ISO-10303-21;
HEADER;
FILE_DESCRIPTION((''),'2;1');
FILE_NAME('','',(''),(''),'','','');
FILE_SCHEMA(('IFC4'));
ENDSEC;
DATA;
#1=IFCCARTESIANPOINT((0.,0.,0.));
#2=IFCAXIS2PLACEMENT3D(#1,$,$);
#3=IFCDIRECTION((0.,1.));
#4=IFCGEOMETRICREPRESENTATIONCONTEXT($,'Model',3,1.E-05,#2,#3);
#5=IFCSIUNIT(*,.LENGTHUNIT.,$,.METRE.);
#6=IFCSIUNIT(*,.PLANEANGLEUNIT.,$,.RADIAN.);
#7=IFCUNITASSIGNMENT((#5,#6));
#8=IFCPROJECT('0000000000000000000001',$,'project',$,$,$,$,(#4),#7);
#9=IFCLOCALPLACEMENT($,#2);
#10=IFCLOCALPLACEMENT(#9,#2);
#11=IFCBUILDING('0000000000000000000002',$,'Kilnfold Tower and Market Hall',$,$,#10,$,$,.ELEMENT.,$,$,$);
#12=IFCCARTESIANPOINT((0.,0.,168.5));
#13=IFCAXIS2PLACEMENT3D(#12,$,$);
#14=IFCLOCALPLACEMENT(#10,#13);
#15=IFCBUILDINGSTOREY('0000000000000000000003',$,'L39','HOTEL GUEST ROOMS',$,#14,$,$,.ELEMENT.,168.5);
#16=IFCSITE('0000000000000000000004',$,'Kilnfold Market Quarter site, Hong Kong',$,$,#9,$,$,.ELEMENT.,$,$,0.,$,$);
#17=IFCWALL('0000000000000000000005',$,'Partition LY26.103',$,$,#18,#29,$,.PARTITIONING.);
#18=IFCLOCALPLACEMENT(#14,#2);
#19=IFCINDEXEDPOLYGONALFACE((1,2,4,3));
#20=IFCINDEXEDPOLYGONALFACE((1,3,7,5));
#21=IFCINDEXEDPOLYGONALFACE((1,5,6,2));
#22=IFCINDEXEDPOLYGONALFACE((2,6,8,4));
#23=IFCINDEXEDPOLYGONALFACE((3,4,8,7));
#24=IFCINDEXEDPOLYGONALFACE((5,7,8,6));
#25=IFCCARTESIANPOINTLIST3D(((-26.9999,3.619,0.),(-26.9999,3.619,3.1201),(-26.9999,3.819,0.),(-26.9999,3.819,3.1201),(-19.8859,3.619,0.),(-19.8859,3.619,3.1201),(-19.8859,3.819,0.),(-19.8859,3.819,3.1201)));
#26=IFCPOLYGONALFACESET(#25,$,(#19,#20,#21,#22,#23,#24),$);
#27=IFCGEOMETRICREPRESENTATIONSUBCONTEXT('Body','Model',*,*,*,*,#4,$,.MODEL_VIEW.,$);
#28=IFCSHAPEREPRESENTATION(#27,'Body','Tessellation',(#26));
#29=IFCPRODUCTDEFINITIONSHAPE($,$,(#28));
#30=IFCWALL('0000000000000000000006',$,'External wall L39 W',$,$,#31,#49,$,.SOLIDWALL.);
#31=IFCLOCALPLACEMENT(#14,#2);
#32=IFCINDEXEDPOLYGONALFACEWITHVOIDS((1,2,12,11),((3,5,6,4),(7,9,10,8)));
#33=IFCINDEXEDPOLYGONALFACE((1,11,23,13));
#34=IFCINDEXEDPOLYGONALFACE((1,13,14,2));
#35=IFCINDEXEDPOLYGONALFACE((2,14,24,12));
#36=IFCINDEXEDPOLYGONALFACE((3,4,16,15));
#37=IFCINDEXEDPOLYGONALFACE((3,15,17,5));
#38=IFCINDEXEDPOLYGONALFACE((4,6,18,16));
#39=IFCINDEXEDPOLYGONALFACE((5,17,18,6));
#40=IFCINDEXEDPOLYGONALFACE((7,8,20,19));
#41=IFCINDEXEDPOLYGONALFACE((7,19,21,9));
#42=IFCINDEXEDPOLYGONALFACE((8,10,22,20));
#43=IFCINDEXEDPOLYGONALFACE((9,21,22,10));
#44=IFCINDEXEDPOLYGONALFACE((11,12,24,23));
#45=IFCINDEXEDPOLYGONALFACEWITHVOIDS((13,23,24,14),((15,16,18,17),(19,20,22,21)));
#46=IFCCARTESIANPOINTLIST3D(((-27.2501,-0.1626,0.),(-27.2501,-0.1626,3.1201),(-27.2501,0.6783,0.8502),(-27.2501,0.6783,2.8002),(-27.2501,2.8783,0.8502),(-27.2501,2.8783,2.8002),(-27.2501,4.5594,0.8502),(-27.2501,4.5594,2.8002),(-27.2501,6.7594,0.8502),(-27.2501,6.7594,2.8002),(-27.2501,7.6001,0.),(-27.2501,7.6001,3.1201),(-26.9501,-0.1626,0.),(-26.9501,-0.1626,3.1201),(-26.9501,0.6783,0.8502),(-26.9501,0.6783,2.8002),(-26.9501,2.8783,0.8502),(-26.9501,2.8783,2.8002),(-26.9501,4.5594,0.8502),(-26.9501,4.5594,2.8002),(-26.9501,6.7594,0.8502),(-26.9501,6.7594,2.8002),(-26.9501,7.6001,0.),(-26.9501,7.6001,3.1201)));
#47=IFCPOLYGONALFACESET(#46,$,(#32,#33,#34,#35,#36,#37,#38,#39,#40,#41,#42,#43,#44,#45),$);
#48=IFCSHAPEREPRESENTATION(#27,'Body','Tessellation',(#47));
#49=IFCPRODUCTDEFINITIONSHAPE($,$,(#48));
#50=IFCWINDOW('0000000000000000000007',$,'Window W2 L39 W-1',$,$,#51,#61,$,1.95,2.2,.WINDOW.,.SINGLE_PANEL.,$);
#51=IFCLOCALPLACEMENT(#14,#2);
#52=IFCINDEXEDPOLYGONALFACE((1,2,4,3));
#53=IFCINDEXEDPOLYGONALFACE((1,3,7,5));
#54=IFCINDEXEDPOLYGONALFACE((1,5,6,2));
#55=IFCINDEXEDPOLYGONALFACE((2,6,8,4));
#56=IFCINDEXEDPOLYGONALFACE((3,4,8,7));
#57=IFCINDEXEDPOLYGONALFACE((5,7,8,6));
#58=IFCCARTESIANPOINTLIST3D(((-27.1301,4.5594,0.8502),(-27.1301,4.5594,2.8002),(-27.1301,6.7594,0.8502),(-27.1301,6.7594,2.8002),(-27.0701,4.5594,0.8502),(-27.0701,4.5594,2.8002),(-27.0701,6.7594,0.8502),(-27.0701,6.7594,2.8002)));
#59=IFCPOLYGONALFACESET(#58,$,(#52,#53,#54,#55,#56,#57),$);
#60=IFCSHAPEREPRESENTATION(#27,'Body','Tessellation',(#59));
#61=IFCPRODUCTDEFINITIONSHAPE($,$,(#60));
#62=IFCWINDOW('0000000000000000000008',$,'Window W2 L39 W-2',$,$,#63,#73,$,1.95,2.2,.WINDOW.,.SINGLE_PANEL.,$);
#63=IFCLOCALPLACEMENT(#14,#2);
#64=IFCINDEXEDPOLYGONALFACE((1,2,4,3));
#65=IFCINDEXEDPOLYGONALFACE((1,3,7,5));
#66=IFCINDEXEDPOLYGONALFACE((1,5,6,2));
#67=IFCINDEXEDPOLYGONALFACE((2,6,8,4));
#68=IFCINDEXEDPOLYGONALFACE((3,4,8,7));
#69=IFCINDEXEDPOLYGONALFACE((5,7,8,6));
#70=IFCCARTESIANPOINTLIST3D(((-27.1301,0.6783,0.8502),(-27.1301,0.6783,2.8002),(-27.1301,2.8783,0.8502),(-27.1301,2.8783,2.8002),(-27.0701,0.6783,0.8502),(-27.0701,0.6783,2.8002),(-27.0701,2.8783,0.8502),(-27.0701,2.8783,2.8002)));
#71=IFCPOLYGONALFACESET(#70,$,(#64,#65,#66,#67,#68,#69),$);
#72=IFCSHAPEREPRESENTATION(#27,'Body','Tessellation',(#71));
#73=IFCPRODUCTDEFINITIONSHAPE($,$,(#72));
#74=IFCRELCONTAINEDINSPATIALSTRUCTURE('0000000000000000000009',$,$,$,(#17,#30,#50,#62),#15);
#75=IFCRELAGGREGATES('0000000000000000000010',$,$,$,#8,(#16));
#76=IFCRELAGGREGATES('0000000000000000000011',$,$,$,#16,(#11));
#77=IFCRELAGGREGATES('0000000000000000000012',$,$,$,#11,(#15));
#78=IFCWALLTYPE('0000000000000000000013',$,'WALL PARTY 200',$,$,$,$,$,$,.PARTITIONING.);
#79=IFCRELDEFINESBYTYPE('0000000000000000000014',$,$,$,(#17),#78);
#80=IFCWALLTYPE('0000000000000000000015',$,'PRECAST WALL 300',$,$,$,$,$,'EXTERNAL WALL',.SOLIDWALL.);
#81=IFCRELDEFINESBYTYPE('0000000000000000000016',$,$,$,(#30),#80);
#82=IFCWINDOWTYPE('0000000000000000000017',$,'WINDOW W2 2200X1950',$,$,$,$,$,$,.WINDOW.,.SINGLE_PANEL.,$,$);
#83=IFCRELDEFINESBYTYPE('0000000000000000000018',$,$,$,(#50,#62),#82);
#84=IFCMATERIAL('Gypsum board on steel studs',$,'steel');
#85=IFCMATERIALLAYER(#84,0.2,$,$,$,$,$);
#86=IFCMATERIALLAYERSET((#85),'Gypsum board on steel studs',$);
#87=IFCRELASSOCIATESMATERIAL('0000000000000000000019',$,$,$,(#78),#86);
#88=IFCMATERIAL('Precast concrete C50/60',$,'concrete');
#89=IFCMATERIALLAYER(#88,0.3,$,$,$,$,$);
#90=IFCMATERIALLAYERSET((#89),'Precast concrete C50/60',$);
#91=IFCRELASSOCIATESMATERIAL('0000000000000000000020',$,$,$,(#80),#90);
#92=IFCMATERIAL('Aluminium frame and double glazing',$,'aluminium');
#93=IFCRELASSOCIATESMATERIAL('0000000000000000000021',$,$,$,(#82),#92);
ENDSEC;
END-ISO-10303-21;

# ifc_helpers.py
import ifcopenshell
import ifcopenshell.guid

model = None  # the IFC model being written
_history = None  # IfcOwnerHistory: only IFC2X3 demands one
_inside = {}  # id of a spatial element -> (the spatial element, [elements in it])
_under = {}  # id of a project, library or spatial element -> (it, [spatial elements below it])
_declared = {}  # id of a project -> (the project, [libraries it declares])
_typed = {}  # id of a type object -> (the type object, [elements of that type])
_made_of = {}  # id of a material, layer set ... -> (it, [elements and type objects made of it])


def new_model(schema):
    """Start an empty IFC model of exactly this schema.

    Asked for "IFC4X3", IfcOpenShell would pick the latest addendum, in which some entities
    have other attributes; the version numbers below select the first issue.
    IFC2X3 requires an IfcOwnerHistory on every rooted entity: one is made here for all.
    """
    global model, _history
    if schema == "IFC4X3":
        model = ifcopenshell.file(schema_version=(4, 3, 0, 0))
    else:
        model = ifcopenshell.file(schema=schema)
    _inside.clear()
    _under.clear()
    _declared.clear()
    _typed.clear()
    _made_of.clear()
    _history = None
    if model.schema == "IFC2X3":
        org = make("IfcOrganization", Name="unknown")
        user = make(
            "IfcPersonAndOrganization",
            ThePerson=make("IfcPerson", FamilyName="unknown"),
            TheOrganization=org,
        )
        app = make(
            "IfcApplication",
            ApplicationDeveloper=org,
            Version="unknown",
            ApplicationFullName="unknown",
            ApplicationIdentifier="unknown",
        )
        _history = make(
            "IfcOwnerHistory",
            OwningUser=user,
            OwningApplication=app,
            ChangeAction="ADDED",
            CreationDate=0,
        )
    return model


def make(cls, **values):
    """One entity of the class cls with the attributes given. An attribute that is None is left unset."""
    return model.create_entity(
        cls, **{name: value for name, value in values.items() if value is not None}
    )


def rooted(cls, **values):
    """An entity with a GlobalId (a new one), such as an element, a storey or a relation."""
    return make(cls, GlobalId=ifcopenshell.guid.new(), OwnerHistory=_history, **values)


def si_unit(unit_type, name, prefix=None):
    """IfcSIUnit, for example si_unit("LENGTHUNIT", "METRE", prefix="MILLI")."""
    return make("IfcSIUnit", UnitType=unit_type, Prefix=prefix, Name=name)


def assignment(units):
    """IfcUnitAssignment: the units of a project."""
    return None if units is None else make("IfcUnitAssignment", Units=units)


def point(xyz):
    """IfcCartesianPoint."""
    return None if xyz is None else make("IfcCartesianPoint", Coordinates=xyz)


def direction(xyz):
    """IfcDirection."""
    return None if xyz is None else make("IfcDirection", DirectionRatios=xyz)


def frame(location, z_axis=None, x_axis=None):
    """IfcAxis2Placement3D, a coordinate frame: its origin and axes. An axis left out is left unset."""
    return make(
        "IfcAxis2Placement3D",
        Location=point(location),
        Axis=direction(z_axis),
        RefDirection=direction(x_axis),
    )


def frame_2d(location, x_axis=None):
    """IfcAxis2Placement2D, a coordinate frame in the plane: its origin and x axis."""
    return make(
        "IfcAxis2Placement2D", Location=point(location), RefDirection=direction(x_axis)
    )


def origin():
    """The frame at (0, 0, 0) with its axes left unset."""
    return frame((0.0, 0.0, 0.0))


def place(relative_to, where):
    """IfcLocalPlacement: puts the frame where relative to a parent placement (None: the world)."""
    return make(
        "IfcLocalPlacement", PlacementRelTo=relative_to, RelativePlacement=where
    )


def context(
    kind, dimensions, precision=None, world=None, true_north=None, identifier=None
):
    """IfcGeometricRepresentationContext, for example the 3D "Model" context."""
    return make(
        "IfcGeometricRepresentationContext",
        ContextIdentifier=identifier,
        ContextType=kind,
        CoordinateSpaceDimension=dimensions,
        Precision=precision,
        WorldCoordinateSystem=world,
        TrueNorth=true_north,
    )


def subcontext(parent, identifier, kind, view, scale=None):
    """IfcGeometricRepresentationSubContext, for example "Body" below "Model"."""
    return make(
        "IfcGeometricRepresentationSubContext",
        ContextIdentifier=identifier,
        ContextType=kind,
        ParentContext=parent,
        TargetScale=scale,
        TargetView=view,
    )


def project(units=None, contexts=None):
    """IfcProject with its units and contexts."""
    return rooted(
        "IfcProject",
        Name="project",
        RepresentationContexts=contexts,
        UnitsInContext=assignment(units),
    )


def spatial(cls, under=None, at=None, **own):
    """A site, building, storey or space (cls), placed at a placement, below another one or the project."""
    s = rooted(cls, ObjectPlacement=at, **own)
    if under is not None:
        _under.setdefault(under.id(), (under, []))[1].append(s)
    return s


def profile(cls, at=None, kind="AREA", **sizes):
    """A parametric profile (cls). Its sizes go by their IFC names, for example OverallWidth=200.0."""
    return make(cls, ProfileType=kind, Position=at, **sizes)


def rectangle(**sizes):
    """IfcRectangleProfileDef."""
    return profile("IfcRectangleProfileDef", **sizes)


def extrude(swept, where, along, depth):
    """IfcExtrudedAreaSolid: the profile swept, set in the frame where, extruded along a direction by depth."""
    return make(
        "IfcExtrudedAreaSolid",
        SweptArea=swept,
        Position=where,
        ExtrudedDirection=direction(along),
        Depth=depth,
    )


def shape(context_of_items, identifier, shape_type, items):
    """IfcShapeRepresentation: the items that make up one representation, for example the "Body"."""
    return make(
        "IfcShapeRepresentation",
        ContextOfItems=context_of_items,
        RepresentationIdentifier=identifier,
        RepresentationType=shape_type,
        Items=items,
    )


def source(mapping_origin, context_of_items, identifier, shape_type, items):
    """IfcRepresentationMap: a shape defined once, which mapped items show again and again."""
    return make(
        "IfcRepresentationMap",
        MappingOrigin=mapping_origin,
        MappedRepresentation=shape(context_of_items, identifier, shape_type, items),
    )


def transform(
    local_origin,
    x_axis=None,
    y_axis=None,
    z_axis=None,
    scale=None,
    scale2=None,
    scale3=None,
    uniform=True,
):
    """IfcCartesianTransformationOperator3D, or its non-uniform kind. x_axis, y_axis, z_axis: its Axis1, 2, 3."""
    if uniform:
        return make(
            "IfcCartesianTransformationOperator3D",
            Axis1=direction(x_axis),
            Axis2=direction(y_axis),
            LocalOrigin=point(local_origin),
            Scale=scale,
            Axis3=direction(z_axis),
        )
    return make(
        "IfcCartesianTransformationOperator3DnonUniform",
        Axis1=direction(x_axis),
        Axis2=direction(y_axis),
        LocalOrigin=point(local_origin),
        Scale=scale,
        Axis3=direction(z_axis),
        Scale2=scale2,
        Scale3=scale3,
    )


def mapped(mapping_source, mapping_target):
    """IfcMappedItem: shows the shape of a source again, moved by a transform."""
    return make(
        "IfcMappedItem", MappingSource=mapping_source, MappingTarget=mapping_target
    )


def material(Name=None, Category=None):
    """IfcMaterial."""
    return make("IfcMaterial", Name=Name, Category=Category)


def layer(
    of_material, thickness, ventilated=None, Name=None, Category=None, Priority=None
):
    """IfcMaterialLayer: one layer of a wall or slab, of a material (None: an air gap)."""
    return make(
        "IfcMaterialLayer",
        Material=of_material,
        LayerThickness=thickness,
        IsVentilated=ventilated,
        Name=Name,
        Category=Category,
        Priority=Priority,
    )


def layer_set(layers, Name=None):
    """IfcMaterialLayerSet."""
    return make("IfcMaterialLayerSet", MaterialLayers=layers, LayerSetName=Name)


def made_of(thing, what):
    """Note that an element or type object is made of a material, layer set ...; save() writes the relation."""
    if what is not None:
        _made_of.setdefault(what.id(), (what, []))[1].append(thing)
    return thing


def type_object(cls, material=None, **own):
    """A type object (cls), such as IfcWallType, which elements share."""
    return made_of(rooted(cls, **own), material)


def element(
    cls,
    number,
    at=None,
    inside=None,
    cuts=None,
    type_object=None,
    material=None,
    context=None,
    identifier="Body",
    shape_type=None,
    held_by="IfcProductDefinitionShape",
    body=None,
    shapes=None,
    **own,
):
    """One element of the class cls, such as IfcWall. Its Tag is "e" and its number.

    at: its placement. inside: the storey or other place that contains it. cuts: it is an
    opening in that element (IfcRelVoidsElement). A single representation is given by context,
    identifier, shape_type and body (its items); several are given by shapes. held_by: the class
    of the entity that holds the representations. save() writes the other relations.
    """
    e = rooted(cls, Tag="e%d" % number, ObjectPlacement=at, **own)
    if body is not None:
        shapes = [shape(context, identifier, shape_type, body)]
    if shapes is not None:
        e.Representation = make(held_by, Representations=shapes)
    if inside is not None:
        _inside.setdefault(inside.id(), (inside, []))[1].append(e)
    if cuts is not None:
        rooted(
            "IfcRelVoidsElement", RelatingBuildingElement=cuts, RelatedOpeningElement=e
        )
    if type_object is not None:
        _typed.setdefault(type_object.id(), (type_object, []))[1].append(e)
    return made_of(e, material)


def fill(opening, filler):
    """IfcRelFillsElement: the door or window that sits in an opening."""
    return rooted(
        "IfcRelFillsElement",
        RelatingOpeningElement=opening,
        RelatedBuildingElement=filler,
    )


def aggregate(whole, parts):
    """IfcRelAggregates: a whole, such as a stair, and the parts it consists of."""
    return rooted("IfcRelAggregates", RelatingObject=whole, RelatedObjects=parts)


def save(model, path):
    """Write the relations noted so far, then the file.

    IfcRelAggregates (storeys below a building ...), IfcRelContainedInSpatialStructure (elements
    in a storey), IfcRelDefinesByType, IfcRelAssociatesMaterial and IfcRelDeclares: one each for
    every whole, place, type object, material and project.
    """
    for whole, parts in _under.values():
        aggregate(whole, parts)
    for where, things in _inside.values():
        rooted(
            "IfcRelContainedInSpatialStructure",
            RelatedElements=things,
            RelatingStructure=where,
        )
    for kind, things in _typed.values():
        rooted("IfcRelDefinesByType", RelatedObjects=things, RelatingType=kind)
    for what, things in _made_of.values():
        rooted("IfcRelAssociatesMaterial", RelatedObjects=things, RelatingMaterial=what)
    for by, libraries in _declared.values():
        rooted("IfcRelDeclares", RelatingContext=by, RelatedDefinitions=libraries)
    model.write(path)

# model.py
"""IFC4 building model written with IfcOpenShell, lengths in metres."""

from ifc_helpers import new_model, si_unit, direction, frame, frame_2d, origin, place, context, subcontext, project, spatial, rectangle, extrude, source, transform, mapped, material, layer, layer_set, type_object, element, fill, save


model = new_model("IFC4")

# Units and contexts
model_context = context("Model", 3, precision=1e-05, world=origin(), true_north=direction((0.0, 1.0)))
body_context = subcontext(model_context, "Body", "Model", "MODEL_VIEW")
ifc_project = project(units=[si_unit("LENGTHUNIT", "METRE"), si_unit("PLANEANGLEUNIT", "RADIAN")], contexts=[model_context])

# Site, building, storey
site_placement = place(None, origin())
site = spatial("IfcSite", under=ifc_project, at=site_placement, Name="Kilnfold Market Quarter site, Hong Kong", CompositionType="ELEMENT", RefElevation=0.0)
building_placement = place(site_placement, origin())
building = spatial("IfcBuilding", under=site, at=building_placement, Name="Kilnfold Tower and Market Hall", CompositionType="ELEMENT")
storey_placement = place(building_placement, frame((0.0, 0.0, 168.5)))
storey = spatial("IfcBuildingStorey", under=building, at=storey_placement, Name="L39", Description="HOTEL GUEST ROOMS", CompositionType="ELEMENT", Elevation=168.5)

# Wall
ifc_material_1 = material(Name="Gypsum board on steel studs", Category="steel")
ifc_layer_1 = layer(ifc_material_1, 0.2)
ifc_layer_set_1 = layer_set([ifc_layer_1], Name="Gypsum board on steel studs")
wall_type_1 = type_object("IfcWallType", Name="WALL PARTY 200", PredefinedType="PARTITIONING", material=ifc_layer_set_1)
wall_1_placement = place(storey_placement, frame((-27.0, 3.719, 0.0), z_axis=(0.0, 0.0, 1.0), x_axis=(1.0, 0.0, 0.0)))
element("IfcWall", 1, at=wall_1_placement, inside=storey, type_object=wall_type_1, Name="Partition LY26.103", PredefinedType="PARTITIONING", context=body_context, shape_type="SweptSolid", body=[
    extrude(rectangle(XDim=7.114, YDim=0.2, at=frame_2d((3.5571, 0.0))), origin(), (0.0, 0.0, 1.0), 3.1201),
])

# Wall, openings, windows
ifc_material_2 = material(Name="Precast concrete C50/60", Category="concrete")
ifc_layer_2 = layer(ifc_material_2, 0.3)
ifc_layer_set_2 = layer_set([ifc_layer_2], Name="Precast concrete C50/60")
wall_type_2 = type_object("IfcWallType", Name="PRECAST WALL 300", ElementType="EXTERNAL WALL", PredefinedType="SOLIDWALL", material=ifc_layer_set_2)
shared_shape = source(origin(), body_context, "Body", "SweptSolid", [
    extrude(rectangle(XDim=7.7627, YDim=0.3, at=frame_2d((3.8813, 0.0))), origin(), (0.0, 0.0, 1.0), 3.1201),
])
wall_2_placement = place(storey_placement, frame((-27.1001, 7.6001, 0.0), z_axis=(0.0, 0.0, 1.0), x_axis=(0.0, -1.0, 0.0)))
wall_2 = element("IfcWall", 2, at=wall_2_placement, inside=storey, type_object=wall_type_2, Name="External wall L39 W", PredefinedType="SOLIDWALL", context=body_context, shape_type="MappedRepresentation", body=[
    mapped(shared_shape, transform((0.0, 0.0, 0.0))),
])
opening_1_placement = place(wall_2_placement, frame((0.8406, 0.0, 0.8501)))
opening_1 = element("IfcOpeningElement", 3, at=opening_1_placement, cuts=wall_2, PredefinedType="OPENING", context=body_context, shape_type="SweptSolid", body=[
    extrude(rectangle(XDim=2.2, YDim=1.95, at=frame_2d((1.1001, 0.9751))), frame((0.0, 0.1602, 0.0), z_axis=(0.0, -1.0, 0.0), x_axis=(1.0, 0.0, 0.0)), (0.0, 0.0, 1.0), 0.3201),
])
opening_2_placement = place(wall_2_placement, frame((4.7217, 0.0, 0.8501)))
opening_2 = element("IfcOpeningElement", 4, at=opening_2_placement, cuts=wall_2, PredefinedType="OPENING", context=body_context, shape_type="SweptSolid", body=[
    extrude(rectangle(XDim=2.2, YDim=1.95, at=frame_2d((1.1001, 0.9751))), frame((0.0, 0.1602, 0.0), z_axis=(0.0, -1.0, 0.0), x_axis=(1.0, 0.0, 0.0)), (0.0, 0.0, 1.0), 0.3201),
])
ifc_material_3 = material(Name="Aluminium frame and double glazing", Category="aluminium")
window_type = type_object("IfcWindowType", Name="WINDOW W2 2200X1950", PartitioningType="SINGLE_PANEL", PredefinedType="WINDOW", material=ifc_material_3)
window_1_placement = place(opening_1_placement, origin())
window_1 = element("IfcWindow", 5, at=window_1_placement, inside=storey, type_object=window_type, Name="Window W2 L39 W-1", OverallHeight=1.95, OverallWidth=2.2, PartitioningType="SINGLE_PANEL", PredefinedType="WINDOW", context=body_context, shape_type="SweptSolid", body=[
    extrude(rectangle(XDim=2.2, YDim=1.95, at=frame_2d((1.1001, 0.9751))), frame((0.0, 0.03, 0.0), z_axis=(0.0, -1.0, 0.0), x_axis=(1.0, 0.0, 0.0)), (0.0, 0.0, 1.0), 0.0601),
])
fill(opening_1, window_1)
window_2_placement = place(opening_2_placement, origin())
window_2 = element("IfcWindow", 6, at=window_2_placement, inside=storey, type_object=window_type, Name="Window W2 L39 W-2", OverallHeight=1.95, OverallWidth=2.2, PartitioningType="SINGLE_PANEL", PredefinedType="WINDOW", context=body_context, shape_type="SweptSolid", body=[
    extrude(rectangle(XDim=2.2, YDim=1.95, at=frame_2d((1.1001, 0.9751))), frame((0.0, 0.03, 0.0), z_axis=(0.0, -1.0, 0.0), x_axis=(1.0, 0.0, 0.0)), (0.0, 0.0, 1.0), 0.0601),
])
fill(opening_2, window_2)

save(model, "model.ifc")
